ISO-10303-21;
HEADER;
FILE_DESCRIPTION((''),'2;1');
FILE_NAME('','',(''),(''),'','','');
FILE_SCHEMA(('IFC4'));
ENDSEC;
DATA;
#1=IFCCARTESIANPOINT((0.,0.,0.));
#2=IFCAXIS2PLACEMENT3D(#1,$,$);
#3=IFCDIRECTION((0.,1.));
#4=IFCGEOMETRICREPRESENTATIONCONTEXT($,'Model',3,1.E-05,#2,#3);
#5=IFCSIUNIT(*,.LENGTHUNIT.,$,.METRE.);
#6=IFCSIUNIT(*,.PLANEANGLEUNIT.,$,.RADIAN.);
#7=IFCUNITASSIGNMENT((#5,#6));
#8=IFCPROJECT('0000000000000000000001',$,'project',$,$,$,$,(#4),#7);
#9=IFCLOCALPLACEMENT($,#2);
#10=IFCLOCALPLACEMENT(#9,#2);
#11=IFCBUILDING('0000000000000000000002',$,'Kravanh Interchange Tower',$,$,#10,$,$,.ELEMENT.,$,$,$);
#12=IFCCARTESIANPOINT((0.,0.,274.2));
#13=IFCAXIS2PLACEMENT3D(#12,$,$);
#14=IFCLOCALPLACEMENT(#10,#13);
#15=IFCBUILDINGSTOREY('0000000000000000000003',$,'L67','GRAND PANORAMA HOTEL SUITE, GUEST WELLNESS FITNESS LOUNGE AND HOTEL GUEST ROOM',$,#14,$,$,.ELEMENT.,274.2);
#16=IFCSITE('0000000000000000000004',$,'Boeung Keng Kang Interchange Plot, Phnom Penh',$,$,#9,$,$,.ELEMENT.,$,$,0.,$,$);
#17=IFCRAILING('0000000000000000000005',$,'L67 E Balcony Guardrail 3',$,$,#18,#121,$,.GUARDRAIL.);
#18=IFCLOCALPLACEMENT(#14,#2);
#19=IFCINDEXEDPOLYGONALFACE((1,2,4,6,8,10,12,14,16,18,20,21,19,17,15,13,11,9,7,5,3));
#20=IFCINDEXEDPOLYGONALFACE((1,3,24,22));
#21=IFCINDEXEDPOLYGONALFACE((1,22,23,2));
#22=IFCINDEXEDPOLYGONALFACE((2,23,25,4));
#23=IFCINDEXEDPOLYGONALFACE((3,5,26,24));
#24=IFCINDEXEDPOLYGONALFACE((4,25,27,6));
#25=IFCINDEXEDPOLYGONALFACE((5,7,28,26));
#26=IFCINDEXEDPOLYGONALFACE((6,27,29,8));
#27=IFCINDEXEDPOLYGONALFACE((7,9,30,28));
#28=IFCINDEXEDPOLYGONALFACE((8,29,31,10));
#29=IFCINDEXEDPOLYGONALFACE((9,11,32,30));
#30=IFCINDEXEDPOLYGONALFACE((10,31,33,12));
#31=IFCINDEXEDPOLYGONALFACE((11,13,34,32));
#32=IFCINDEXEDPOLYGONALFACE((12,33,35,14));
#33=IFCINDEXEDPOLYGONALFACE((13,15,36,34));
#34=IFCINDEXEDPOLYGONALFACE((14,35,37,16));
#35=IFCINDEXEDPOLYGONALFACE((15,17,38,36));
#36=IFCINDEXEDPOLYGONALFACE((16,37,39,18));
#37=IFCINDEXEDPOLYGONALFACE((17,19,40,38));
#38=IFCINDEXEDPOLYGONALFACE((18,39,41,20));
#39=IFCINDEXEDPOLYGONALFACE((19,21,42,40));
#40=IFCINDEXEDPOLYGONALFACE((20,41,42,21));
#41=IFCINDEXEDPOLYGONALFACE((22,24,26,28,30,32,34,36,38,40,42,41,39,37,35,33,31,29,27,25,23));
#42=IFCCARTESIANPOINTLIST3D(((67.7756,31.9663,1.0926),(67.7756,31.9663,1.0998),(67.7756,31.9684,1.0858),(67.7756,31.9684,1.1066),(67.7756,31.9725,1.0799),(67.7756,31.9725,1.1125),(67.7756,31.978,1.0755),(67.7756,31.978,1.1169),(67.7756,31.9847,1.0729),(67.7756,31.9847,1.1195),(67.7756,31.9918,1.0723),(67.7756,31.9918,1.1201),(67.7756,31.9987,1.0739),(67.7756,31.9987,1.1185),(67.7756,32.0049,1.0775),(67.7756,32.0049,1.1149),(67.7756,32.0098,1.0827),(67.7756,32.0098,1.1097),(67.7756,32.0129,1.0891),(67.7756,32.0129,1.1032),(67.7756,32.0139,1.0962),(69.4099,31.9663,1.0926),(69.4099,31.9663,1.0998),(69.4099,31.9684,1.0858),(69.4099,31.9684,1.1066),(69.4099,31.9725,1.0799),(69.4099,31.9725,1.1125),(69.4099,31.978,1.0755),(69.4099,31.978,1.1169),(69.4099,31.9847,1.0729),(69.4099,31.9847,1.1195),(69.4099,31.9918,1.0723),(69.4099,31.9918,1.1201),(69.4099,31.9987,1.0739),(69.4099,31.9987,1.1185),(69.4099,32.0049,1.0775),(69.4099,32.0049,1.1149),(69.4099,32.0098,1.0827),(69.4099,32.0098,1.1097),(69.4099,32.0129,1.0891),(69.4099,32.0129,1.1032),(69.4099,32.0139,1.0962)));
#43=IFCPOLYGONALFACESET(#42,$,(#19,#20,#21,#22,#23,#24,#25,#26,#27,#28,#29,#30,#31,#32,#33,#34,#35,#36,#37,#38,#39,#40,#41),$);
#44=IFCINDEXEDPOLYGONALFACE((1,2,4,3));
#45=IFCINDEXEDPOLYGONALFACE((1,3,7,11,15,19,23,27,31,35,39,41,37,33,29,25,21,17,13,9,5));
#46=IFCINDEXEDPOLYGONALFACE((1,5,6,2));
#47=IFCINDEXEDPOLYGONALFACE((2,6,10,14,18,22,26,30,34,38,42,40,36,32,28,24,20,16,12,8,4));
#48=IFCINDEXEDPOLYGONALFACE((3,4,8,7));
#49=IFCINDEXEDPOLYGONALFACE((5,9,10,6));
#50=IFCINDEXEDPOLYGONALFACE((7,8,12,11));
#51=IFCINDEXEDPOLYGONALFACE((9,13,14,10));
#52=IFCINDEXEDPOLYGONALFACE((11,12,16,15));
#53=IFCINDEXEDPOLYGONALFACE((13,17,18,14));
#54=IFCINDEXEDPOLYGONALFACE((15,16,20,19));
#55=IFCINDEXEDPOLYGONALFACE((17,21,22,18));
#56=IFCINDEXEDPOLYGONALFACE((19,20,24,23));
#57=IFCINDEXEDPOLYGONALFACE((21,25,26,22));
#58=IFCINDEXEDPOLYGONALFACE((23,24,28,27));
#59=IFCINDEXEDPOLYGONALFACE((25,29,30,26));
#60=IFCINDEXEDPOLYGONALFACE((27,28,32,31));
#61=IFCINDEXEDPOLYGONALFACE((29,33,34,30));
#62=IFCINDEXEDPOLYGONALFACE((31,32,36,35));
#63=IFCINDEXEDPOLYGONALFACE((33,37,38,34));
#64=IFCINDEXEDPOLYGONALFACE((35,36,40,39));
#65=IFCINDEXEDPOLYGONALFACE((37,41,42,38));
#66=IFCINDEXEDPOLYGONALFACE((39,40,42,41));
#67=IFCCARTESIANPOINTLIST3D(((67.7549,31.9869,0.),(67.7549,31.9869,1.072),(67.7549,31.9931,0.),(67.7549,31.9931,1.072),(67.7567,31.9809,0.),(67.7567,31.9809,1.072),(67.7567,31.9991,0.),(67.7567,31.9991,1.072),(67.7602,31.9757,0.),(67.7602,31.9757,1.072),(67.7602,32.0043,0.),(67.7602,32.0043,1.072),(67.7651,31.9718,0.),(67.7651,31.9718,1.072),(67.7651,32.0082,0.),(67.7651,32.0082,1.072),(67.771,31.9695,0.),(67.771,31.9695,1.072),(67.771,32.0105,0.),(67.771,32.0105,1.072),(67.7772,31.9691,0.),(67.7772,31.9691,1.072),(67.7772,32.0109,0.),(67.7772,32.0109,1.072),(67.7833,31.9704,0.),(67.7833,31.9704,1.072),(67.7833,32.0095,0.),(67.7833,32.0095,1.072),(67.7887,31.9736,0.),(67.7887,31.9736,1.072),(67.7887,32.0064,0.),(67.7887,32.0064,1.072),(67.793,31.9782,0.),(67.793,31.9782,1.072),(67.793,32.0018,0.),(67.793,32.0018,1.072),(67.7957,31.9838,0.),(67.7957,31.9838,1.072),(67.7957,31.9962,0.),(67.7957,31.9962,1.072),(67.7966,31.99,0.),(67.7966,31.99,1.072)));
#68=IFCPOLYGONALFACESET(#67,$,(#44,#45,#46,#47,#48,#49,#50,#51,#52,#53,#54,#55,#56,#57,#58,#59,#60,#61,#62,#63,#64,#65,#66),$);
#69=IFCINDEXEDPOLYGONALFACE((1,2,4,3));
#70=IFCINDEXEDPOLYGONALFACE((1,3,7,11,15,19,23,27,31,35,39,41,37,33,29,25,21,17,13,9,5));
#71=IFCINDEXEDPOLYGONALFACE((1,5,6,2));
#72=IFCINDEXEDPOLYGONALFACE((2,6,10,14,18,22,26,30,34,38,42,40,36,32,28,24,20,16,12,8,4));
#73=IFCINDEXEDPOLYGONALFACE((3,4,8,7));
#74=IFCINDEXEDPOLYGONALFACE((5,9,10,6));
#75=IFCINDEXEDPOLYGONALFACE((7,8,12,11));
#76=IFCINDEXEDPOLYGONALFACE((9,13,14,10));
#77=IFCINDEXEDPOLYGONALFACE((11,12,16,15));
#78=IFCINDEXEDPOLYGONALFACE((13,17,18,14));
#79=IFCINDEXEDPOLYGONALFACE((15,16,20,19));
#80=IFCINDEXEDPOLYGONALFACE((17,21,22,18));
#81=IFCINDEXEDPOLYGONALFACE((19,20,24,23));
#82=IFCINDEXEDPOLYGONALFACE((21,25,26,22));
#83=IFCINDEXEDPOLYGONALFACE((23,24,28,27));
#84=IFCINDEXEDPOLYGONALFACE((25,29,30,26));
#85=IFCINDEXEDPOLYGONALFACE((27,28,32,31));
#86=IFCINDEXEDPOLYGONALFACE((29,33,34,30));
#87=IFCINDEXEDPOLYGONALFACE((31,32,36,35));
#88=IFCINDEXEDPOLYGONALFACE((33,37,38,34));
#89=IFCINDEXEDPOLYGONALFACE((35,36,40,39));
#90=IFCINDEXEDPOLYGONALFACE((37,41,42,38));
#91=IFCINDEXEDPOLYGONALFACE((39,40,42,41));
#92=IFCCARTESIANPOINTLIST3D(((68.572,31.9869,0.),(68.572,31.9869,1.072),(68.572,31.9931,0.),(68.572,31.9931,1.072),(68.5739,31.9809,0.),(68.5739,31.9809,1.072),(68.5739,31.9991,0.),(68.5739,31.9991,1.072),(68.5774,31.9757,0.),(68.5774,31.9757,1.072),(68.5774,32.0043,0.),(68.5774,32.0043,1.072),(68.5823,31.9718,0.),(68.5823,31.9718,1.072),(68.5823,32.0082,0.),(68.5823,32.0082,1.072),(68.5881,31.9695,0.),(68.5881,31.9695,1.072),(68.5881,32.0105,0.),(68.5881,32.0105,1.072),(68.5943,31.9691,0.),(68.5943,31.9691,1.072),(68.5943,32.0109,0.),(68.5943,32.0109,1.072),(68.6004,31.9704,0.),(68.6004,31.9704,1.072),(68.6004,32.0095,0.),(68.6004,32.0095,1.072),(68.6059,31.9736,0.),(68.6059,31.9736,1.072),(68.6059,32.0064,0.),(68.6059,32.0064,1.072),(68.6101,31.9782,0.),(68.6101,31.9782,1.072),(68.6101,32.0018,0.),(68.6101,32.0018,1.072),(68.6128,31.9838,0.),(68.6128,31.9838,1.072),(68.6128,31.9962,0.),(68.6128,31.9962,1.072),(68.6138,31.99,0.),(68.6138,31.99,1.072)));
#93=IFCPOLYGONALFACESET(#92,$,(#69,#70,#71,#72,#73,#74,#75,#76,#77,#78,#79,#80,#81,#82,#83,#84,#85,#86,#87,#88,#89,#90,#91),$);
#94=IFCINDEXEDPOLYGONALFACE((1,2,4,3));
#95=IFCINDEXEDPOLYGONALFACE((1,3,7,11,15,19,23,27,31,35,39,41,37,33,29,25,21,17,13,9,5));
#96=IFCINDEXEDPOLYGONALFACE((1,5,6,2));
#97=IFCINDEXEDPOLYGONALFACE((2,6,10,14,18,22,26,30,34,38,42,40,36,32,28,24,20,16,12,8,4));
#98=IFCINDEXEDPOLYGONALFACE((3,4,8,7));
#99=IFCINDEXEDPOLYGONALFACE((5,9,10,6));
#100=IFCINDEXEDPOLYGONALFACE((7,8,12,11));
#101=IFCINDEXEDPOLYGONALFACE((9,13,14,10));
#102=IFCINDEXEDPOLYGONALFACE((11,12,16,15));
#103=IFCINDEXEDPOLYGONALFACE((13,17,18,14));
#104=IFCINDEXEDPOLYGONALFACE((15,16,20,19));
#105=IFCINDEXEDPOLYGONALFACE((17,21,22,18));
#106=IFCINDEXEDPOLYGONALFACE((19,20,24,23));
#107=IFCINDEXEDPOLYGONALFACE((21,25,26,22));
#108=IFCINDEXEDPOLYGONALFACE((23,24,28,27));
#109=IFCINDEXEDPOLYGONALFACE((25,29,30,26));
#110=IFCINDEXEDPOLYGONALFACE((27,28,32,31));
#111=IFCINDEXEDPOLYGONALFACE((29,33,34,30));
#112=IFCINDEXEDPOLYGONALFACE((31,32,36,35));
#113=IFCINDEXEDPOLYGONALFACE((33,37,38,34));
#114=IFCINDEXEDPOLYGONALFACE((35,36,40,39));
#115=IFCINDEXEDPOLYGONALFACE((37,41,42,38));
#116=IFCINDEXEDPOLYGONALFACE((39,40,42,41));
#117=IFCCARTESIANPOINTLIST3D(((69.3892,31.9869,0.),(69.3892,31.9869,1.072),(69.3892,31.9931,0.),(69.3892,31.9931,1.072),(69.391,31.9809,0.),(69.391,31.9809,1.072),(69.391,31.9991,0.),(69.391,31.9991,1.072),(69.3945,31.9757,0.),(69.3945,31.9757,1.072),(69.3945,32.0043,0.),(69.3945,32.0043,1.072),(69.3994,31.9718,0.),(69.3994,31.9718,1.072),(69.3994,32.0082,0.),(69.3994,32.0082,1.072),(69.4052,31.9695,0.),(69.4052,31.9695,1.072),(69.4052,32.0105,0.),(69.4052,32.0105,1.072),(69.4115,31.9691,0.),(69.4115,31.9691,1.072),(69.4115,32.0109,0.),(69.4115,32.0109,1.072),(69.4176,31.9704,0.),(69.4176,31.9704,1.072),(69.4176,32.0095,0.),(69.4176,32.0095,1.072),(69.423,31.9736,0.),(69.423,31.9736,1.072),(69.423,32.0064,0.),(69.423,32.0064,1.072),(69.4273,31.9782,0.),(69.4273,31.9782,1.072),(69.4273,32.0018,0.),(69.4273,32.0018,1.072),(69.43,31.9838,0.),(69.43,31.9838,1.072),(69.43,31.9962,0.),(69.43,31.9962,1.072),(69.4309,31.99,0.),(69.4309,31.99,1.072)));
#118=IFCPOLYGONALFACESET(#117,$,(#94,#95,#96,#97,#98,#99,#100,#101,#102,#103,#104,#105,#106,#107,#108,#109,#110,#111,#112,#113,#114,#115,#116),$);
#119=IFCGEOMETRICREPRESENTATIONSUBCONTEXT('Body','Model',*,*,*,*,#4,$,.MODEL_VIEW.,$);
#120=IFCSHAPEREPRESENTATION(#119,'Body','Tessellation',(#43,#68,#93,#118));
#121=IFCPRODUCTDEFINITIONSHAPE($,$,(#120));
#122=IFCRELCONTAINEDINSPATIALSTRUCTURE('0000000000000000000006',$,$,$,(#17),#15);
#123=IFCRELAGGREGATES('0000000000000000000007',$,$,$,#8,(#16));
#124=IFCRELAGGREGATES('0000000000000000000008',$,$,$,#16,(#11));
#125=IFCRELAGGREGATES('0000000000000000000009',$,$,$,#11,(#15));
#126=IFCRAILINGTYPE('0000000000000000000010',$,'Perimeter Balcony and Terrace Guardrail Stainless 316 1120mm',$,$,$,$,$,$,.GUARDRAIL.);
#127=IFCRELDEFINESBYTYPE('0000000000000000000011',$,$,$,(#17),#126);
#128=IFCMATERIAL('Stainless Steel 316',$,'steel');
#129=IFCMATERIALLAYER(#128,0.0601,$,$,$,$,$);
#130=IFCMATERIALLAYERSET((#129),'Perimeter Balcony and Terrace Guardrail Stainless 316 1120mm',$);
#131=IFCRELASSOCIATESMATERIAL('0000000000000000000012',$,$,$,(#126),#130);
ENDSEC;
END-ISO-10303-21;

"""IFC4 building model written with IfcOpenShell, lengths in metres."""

from ifc_helpers import new_model, si_unit, direction, frame, origin, origin_2d, place, context, subcontext, project, spatial, circle, extrude, material, layer, layer_set, type_object, element, save


model = new_model("IFC4")

# Units and contexts
model_context = context("Model", 3, precision=1e-05, world=origin(), true_north=direction((0.0, 1.0)))
body_context = subcontext(model_context, "Body", "Model", "MODEL_VIEW")
ifc_project = project(units=[si_unit("LENGTHUNIT", "METRE"), si_unit("PLANEANGLEUNIT", "RADIAN")], contexts=[model_context])

# Site, building, storey
site_placement = place(None, origin())
site = spatial("IfcSite", under=ifc_project, at=site_placement, Name="Boeung Keng Kang Interchange Plot, Phnom Penh", CompositionType="ELEMENT", RefElevation=0.0)
building_placement = place(site_placement, origin())
building = spatial("IfcBuilding", under=site, at=building_placement, Name="Kravanh Interchange Tower", CompositionType="ELEMENT")
storey_placement = place(building_placement, frame((0.0, 0.0, 274.2)))
storey = spatial("IfcBuildingStorey", under=building, at=storey_placement, Name="L67", Description="GRAND PANORAMA HOTEL SUITE, GUEST WELLNESS FITNESS LOUNGE AND HOTEL GUEST ROOM", CompositionType="ELEMENT", Elevation=274.2)

# Railing
ifc_material_1 = material(Name="Stainless Steel 316", Category="steel")
ifc_layer_1 = layer(ifc_material_1, 0.0601)
ifc_layer_set_1 = layer_set([ifc_layer_1], Name="Perimeter Balcony and Terrace Guardrail Stainless 316 1120mm")
railing_type_1 = type_object("IfcRailingType", Name="Perimeter Balcony and Terrace Guardrail Stainless 316 1120mm", PredefinedType="GUARDRAIL", material=ifc_layer_set_1)
railing_1_placement = place(storey_placement, frame((67.7756, 31.99, 0.0)))
element("IfcRailing", 1, at=railing_1_placement, inside=storey, type_object=railing_type_1, Name="L67 E Balcony Guardrail 3", PredefinedType="GUARDRAIL", context=body_context, shape_type="SweptSolid", body=[
    extrude(circle(Radius=0.0239, at=origin_2d()), frame((0.0, 0.0, 1.0962), z_axis=(1.0, 0.0, 0.0), x_axis=(0.0, 1.0, 0.0)), (0.0, 0.0, 1.0), 1.6343),
    extrude(circle(Radius=0.021, at=origin_2d()), origin(), (0.0, 0.0, 1.0), 1.072),
    extrude(circle(Radius=0.021, at=origin_2d()), frame((0.8171, 0.0, 0.0)), (0.0, 0.0, 1.0), 1.072),
    extrude(circle(Radius=0.021, at=origin_2d()), frame((1.6343, 0.0, 0.0)), (0.0, 0.0, 1.0), 1.072),
])

save(model, "model.ifc")
